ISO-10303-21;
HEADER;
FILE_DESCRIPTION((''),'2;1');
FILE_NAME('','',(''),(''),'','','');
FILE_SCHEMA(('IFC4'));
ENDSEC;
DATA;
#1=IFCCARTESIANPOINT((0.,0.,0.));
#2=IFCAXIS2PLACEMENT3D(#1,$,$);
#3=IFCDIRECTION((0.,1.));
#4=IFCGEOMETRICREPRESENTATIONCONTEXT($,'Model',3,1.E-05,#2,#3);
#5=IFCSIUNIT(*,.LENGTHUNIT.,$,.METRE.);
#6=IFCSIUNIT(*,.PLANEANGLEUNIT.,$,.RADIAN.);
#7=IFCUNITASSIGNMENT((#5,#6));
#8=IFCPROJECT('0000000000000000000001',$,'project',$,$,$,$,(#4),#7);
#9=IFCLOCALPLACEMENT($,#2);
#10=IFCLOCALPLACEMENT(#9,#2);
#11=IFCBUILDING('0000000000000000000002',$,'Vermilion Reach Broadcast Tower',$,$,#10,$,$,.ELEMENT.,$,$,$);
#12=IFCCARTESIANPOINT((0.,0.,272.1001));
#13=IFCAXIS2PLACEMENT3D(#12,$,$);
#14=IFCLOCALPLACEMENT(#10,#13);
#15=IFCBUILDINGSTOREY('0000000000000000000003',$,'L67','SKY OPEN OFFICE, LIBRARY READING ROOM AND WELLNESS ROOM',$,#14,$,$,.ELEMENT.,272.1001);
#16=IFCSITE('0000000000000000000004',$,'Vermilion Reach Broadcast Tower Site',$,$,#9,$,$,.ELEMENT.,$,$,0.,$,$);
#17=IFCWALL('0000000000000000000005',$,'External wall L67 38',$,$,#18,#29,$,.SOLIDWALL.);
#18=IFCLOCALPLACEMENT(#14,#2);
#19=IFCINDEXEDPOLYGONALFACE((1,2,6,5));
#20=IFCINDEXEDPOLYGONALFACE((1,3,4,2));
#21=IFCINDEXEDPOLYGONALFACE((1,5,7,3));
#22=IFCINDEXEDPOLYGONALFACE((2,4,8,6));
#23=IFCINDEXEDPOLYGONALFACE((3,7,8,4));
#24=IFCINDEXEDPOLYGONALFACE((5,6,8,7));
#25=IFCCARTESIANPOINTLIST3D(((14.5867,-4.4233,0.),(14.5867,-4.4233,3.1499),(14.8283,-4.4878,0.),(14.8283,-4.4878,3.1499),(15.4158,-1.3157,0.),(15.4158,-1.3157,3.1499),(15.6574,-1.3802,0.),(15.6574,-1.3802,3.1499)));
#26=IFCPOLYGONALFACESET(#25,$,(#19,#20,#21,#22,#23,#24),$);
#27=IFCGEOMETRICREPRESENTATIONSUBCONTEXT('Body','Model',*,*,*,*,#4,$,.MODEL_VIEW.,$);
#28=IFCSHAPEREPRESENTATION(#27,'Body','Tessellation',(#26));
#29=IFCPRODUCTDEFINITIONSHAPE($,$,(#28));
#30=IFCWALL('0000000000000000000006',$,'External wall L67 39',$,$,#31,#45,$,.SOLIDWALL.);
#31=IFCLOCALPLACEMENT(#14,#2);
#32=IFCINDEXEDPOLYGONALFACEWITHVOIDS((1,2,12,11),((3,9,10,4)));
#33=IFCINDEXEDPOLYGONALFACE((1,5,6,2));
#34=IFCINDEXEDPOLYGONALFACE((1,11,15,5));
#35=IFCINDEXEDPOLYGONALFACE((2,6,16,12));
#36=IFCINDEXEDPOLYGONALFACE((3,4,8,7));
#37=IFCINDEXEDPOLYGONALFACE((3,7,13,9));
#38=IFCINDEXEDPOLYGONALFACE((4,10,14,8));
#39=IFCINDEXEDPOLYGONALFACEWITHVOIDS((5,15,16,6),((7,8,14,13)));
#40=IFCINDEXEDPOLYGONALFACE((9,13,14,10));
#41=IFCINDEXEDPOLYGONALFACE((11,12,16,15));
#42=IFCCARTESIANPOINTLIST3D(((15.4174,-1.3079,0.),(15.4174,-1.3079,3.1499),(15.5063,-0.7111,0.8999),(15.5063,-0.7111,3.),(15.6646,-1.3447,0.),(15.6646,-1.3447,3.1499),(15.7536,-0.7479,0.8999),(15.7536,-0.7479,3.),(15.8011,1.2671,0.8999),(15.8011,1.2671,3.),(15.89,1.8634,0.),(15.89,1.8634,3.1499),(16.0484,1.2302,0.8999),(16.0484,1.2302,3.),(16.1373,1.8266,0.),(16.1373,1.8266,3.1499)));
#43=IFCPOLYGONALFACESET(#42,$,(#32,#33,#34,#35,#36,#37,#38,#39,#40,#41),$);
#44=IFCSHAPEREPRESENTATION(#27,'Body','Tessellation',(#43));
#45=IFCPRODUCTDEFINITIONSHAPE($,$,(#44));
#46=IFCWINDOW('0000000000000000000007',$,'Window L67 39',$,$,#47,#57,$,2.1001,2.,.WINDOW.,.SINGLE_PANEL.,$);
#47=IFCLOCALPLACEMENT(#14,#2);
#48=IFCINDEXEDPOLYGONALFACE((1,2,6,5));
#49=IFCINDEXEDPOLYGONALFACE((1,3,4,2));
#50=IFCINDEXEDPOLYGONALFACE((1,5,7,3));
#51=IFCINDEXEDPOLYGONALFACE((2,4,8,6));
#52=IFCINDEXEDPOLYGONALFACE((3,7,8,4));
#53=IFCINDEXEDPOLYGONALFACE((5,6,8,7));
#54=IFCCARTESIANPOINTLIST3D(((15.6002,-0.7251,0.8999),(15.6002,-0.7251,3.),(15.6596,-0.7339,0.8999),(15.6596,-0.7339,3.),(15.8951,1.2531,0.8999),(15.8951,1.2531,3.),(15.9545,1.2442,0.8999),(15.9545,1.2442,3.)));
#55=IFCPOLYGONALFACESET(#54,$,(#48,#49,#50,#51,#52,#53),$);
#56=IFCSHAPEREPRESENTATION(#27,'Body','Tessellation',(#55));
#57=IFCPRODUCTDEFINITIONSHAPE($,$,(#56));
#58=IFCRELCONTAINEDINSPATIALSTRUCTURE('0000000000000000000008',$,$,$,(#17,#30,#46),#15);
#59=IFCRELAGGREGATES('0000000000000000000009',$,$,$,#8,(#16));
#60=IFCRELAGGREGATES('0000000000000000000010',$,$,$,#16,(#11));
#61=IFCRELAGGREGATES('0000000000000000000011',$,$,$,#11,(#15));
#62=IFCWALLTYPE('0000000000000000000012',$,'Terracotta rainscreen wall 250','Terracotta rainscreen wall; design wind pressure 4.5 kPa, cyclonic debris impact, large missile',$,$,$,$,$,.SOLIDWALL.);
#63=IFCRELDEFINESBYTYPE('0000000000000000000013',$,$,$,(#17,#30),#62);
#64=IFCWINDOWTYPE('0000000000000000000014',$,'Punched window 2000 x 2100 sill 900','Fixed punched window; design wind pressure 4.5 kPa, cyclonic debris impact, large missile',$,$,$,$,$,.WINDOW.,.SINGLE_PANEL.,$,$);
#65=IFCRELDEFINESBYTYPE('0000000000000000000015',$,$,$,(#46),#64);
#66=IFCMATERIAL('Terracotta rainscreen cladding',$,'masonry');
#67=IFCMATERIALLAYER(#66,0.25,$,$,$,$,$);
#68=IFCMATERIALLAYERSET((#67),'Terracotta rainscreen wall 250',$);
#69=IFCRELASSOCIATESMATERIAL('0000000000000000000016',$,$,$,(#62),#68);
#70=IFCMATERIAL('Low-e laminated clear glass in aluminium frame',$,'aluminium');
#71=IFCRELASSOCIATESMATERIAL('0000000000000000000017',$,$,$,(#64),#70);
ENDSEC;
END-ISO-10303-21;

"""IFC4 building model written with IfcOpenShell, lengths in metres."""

from ifc_helpers import new_model, si_unit, direction, frame, frame_2d, origin, place, context, subcontext, project, spatial, rectangle, extrude, material, layer, layer_set, type_object, element, fill, save


model = new_model("IFC4")

# Units and contexts
model_context = context("Model", 3, precision=1e-05, world=origin(), true_north=direction((0.0, 1.0)))
body_context = subcontext(model_context, "Body", "Model", "MODEL_VIEW")
ifc_project = project(units=[si_unit("LENGTHUNIT", "METRE"), si_unit("PLANEANGLEUNIT", "RADIAN")], contexts=[model_context])

# Site, building, storey
site_placement = place(None, origin())
site = spatial("IfcSite", under=ifc_project, at=site_placement, Name="Vermilion Reach Broadcast Tower Site", CompositionType="ELEMENT", RefElevation=0.0)
building_placement = place(site_placement, origin())
building = spatial("IfcBuilding", under=site, at=building_placement, Name="Vermilion Reach Broadcast Tower", CompositionType="ELEMENT")
storey_placement = place(building_placement, frame((0.0, 0.0, 272.1001)))
storey = spatial("IfcBuildingStorey", under=building, at=storey_placement, Name="L67", Description="SKY OPEN OFFICE, LIBRARY READING ROOM AND WELLNESS ROOM", CompositionType="ELEMENT", Elevation=272.1001)

# Wall
ifc_material_1 = material(Name="Terracotta rainscreen cladding", Category="masonry")
ifc_layer_1 = layer(ifc_material_1, 0.25)
ifc_layer_set_1 = layer_set([ifc_layer_1], Name="Terracotta rainscreen wall 250")
wall_type_1 = type_object("IfcWallType", Name="Terracotta rainscreen wall 250", Description="Terracotta rainscreen wall; design wind pressure 4.5 kPa, cyclonic debris impact, large missile", PredefinedType="SOLIDWALL", material=ifc_layer_set_1)
wall_1_placement = place(storey_placement, frame((14.7075, -4.4556, 0.0), z_axis=(0.0, 0.0, 1.0), x_axis=(0.257776, 0.966205, 0.0)))
element("IfcWall", 1, at=wall_1_placement, inside=storey, type_object=wall_type_1, Name="External wall L67 38", PredefinedType="SOLIDWALL", context=body_context, shape_type="SweptSolid", body=[
    extrude(rectangle(XDim=3.2163, YDim=0.25, at=frame_2d((1.6082, 0.0))), origin(), (0.0, 0.0, 1.0), 3.1499),
])

# Wall, opening, window
wall_2_placement = place(storey_placement, frame((15.541, -1.3262, 0.0), z_axis=(0.0, 0.0, 1.0), x_axis=(0.14741, 0.989076, 0.0)))
wall_2 = element("IfcWall", 2, at=wall_2_placement, inside=storey, type_object=wall_type_1, Name="External wall L67 39", PredefinedType="SOLIDWALL", context=body_context, shape_type="SweptSolid", body=[
    extrude(rectangle(XDim=3.2063, YDim=0.25, at=frame_2d((1.603, 0.0))), origin(), (0.0, 0.0, 1.0), 3.1499),
])
opening_1_placement = place(wall_2_placement, frame((0.6033, 0.0, 0.8999)))
opening_1 = element("IfcOpeningElement", 3, at=opening_1_placement, cuts=wall_2, PredefinedType="OPENING", context=body_context, shape_type="SweptSolid", body=[
    extrude(rectangle(XDim=2.0, YDim=2.1001, at=frame_2d((1.0, 1.05))), frame((0.0, 0.135, 0.0), z_axis=(0.0, -1.0, 0.0), x_axis=(1.0, 0.0, 0.0)), (0.0, 0.0, 1.0), 0.27),
])
ifc_material_2 = material(Name="Low-e laminated clear glass in aluminium frame", Category="aluminium")
window_type = type_object("IfcWindowType", Name="Punched window 2000 x 2100 sill 900", Description="Fixed punched window; design wind pressure 4.5 kPa, cyclonic debris impact, large missile", PartitioningType="SINGLE_PANEL", PredefinedType="WINDOW", material=ifc_material_2)
window_placement = place(opening_1_placement, origin())
window = element("IfcWindow", 4, at=window_placement, inside=storey, type_object=window_type, Name="Window L67 39", OverallHeight=2.1001, OverallWidth=2.0, PartitioningType="SINGLE_PANEL", PredefinedType="WINDOW", context=body_context, shape_type="SweptSolid", body=[
    extrude(rectangle(XDim=2.0, YDim=2.1001, at=frame_2d((1.0, 1.05))), frame((0.0, 0.03, 0.0), z_axis=(0.0, -1.0, 0.0), x_axis=(1.0, 0.0, 0.0)), (0.0, 0.0, 1.0), 0.0601),
])
fill(opening_1, window)

save(model, "model.ifc")
